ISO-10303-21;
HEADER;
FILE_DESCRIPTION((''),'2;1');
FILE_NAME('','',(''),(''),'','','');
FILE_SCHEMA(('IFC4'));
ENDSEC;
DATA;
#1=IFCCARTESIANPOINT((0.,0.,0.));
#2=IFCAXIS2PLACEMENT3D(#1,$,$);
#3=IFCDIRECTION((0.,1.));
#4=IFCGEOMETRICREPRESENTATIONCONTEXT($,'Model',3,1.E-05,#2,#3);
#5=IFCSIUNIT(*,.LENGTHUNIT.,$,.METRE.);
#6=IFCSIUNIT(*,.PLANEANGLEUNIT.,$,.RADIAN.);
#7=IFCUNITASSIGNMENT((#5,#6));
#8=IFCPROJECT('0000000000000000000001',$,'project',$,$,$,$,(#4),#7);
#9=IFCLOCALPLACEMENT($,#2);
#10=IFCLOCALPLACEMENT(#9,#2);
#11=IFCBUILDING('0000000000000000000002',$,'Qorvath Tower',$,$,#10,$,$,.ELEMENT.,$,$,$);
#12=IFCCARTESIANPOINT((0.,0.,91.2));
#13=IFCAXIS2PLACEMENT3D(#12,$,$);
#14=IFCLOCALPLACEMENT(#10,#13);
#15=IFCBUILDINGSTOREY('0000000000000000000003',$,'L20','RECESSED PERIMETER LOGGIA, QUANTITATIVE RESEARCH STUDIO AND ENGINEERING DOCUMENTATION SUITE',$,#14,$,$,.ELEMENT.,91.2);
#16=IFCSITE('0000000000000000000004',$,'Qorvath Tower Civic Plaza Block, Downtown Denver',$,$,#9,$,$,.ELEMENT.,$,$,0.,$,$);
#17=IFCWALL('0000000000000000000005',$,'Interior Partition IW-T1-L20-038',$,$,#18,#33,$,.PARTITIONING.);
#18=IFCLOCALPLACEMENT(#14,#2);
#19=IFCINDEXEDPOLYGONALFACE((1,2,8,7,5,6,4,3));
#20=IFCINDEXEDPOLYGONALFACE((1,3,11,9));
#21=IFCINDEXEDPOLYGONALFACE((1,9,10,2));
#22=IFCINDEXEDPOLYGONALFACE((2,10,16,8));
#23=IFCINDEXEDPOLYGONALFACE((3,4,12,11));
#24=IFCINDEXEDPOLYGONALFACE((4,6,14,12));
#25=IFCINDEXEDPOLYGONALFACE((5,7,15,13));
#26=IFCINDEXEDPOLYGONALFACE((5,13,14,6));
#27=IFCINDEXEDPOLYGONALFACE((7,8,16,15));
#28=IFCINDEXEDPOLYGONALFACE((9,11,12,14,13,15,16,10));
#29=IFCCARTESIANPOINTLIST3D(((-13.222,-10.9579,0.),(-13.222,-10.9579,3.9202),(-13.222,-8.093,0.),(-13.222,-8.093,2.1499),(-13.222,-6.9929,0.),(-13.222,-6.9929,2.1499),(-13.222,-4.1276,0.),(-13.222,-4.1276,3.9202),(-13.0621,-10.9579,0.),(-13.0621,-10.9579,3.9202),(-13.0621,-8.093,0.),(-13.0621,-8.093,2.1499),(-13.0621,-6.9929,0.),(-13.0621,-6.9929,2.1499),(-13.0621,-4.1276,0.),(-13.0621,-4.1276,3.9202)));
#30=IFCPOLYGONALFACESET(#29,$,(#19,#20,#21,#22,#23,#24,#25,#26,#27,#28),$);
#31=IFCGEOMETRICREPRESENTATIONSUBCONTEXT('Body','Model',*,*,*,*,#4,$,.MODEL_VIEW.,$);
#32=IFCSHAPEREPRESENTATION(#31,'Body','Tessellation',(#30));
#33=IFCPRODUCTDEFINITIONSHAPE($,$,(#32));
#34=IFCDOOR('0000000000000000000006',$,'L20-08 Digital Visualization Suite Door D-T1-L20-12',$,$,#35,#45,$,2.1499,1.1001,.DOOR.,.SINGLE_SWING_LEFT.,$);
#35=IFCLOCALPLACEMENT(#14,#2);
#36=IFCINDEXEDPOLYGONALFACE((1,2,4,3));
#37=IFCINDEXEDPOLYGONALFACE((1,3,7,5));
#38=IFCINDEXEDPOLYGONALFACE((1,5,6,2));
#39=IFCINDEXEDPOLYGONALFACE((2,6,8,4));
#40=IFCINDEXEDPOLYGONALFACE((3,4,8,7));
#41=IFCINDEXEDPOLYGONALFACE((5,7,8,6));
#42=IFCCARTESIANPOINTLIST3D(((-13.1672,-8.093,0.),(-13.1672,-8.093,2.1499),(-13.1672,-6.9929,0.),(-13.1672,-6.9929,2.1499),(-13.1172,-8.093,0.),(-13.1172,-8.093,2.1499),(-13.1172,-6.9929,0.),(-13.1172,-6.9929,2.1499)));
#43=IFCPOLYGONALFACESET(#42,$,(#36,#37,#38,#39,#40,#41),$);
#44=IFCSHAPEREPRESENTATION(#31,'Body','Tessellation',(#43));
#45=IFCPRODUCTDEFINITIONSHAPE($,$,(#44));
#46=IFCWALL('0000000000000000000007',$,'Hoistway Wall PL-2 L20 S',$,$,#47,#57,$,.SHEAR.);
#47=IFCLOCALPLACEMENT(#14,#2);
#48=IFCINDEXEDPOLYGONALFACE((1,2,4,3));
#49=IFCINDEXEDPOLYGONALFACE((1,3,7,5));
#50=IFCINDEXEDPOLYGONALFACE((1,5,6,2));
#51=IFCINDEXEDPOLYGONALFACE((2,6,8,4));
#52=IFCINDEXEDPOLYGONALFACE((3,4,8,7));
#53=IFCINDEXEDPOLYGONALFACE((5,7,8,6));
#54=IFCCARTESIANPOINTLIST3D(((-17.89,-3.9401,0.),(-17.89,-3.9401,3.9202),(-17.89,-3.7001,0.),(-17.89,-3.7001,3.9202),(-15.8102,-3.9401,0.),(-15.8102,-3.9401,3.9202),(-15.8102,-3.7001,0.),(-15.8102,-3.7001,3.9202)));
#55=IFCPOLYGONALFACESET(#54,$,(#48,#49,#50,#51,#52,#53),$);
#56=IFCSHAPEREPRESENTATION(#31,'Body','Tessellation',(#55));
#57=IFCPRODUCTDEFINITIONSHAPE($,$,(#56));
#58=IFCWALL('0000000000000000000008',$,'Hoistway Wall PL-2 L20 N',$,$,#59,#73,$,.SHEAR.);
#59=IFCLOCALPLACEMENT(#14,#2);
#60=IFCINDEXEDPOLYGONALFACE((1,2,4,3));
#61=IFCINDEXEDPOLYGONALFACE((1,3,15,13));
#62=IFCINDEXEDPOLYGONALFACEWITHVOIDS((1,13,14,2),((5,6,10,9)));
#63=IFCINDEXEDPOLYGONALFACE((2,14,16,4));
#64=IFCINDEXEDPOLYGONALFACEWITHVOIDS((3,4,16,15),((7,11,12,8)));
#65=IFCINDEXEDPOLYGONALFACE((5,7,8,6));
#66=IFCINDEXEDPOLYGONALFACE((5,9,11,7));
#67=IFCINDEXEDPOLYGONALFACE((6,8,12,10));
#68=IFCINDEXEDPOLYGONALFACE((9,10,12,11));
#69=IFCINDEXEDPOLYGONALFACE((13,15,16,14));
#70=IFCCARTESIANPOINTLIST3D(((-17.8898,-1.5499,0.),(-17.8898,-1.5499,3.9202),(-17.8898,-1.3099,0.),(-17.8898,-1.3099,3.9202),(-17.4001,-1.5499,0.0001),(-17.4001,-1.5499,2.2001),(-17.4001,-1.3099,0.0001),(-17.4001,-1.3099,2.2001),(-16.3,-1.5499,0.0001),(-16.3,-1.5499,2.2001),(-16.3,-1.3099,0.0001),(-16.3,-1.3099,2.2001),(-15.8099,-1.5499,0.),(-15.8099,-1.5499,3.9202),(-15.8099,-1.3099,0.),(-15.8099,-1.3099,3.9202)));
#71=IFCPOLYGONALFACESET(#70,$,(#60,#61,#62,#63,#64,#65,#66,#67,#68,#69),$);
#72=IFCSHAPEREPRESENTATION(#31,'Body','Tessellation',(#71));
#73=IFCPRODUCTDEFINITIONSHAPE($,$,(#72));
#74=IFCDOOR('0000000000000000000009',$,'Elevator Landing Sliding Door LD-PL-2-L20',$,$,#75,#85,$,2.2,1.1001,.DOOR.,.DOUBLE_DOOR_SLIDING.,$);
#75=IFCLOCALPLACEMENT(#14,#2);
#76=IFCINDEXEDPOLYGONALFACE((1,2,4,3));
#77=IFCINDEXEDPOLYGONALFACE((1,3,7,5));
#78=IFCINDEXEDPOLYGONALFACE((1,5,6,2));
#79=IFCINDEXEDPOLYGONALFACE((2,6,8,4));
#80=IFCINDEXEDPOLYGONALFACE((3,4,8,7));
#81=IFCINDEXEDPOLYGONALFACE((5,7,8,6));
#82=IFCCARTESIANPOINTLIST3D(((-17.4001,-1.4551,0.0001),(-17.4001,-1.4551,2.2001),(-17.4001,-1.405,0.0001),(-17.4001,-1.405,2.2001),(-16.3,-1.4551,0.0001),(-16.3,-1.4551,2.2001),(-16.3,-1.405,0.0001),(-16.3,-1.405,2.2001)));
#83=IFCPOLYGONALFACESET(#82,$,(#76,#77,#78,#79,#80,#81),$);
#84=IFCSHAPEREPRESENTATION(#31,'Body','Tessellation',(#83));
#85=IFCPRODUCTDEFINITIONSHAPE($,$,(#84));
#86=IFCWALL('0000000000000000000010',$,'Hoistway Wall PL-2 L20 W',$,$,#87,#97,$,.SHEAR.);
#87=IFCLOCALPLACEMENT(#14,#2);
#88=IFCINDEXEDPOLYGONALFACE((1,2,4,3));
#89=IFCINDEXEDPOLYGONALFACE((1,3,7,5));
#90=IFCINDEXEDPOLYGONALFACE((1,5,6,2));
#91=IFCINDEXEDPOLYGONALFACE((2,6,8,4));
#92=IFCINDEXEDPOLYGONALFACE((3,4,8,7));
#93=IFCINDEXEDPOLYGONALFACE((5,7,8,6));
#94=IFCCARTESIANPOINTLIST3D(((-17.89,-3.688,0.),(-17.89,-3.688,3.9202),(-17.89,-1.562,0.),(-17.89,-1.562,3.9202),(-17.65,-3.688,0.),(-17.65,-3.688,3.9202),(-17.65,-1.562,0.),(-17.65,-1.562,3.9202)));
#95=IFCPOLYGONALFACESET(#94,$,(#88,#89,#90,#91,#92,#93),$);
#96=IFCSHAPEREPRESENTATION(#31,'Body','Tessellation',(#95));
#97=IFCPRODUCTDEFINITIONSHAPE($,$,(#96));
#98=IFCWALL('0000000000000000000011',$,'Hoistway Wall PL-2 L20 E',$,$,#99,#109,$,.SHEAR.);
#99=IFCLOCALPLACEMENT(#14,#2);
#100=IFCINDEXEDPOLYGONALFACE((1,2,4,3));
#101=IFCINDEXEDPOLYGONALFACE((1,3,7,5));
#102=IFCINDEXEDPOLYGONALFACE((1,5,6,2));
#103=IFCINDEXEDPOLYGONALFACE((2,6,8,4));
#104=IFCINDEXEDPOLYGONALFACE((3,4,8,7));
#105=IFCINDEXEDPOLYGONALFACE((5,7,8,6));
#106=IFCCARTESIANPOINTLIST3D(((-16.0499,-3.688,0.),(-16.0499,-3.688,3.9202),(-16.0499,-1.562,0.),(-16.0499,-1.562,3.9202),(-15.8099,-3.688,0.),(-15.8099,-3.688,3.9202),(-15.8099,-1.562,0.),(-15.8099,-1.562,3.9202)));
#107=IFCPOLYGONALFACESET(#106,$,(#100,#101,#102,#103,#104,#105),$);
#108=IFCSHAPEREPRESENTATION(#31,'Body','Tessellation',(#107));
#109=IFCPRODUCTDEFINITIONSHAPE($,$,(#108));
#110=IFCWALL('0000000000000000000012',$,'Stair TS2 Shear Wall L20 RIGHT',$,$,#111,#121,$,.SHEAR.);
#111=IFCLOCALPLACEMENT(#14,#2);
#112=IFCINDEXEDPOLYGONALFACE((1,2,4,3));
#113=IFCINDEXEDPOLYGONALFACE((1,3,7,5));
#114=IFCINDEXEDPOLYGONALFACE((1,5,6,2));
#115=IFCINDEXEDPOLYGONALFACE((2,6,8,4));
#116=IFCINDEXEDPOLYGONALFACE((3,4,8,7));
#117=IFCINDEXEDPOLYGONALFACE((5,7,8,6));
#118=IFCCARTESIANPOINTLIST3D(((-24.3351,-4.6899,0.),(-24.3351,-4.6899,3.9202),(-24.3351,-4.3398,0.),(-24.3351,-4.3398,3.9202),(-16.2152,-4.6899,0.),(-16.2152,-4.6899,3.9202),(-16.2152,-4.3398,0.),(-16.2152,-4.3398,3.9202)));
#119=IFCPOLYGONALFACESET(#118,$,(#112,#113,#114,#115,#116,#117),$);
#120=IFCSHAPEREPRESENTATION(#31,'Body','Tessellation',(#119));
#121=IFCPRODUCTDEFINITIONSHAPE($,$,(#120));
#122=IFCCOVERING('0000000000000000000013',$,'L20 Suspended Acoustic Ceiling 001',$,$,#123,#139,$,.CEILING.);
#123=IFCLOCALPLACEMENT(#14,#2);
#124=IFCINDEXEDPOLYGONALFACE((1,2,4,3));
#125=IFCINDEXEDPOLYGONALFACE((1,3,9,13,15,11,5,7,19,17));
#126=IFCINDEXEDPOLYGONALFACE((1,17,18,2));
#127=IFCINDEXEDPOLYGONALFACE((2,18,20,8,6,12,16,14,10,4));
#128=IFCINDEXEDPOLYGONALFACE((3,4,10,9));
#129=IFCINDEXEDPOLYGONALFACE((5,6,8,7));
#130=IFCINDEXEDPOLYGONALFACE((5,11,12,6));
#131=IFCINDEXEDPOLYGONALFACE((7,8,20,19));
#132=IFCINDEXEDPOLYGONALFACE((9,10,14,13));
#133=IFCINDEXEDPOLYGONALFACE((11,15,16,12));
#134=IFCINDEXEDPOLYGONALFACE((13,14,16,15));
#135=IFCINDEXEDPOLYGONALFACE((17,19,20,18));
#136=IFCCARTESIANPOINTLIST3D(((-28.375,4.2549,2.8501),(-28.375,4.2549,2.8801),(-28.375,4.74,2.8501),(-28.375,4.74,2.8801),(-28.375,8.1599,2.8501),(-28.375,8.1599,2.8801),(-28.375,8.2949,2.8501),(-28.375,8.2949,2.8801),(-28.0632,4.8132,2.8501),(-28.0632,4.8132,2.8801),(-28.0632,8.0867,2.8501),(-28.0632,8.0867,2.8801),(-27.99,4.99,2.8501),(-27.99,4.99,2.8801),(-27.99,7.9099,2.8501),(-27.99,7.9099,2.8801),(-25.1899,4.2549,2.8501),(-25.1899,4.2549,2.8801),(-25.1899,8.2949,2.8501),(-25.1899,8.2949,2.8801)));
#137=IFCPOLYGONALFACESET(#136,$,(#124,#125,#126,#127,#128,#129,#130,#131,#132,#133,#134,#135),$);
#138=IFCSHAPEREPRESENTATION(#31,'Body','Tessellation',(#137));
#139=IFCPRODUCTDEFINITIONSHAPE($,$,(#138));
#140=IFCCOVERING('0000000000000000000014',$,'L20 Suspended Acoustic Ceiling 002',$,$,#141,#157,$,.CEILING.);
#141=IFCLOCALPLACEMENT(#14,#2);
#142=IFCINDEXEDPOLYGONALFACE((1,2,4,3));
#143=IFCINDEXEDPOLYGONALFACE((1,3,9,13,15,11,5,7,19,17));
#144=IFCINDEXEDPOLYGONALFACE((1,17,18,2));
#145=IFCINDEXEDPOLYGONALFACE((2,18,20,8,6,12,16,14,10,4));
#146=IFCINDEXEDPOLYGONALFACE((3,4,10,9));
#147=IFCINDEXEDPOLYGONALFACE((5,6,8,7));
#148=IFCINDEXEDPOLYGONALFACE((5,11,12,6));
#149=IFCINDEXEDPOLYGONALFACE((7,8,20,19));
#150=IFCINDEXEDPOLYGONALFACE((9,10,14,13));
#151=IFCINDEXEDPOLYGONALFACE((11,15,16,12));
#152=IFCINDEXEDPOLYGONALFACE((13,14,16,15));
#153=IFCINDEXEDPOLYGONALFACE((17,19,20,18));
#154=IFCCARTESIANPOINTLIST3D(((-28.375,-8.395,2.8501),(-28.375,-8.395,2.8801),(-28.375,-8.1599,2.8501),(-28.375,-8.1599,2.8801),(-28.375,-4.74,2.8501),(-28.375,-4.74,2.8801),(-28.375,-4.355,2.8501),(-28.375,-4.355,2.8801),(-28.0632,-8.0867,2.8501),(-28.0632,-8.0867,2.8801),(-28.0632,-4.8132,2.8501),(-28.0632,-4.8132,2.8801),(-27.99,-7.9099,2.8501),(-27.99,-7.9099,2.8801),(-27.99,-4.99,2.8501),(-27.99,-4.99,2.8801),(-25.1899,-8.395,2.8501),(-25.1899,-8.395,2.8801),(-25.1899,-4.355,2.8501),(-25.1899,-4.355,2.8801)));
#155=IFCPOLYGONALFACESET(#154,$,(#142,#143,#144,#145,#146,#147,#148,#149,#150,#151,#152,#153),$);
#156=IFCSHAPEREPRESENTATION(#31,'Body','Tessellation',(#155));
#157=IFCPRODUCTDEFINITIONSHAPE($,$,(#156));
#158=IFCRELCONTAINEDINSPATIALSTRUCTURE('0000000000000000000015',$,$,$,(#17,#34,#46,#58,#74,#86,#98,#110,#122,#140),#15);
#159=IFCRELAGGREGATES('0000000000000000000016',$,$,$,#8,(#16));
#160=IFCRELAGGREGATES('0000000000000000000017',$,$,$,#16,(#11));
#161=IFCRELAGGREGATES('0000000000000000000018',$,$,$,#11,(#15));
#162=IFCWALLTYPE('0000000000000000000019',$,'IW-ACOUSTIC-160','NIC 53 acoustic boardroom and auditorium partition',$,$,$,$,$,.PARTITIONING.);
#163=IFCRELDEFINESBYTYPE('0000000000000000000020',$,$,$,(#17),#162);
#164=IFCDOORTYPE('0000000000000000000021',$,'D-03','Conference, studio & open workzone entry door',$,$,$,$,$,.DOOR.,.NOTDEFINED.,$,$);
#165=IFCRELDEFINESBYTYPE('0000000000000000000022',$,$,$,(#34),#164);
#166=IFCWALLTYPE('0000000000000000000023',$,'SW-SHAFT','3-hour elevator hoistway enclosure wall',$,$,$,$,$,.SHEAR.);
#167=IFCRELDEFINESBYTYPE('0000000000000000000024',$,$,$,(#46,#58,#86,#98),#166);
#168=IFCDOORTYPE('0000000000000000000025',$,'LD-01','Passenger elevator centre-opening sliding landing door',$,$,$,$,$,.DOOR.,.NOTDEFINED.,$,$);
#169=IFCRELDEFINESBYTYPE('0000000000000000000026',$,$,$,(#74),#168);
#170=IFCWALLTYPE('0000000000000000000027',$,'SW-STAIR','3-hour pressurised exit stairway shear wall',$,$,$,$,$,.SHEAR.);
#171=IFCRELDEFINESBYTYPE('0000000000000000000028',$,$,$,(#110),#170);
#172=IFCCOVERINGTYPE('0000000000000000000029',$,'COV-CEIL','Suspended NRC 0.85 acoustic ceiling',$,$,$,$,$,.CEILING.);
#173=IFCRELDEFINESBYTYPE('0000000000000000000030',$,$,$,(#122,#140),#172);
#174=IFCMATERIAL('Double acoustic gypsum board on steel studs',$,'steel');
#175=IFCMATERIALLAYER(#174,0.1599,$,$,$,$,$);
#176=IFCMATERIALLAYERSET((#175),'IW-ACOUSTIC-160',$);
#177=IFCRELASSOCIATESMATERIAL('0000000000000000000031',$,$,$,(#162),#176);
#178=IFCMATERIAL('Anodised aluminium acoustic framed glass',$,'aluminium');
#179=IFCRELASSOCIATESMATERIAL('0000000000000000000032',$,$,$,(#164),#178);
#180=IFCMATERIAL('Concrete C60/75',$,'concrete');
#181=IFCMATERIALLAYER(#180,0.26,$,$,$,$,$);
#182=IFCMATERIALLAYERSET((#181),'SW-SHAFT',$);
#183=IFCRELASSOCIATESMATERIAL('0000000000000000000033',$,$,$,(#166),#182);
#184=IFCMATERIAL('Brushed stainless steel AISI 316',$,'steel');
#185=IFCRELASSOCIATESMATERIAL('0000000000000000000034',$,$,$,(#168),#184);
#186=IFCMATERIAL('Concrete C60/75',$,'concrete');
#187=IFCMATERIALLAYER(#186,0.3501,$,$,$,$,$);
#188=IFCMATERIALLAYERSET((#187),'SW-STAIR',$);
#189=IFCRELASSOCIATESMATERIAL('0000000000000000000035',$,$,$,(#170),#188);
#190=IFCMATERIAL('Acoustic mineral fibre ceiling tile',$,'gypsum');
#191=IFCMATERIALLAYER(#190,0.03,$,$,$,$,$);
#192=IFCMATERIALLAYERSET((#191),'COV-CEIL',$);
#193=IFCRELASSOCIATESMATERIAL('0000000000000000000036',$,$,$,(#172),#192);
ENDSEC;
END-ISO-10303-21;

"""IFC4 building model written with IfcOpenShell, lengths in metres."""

from ifc_helpers import new_model, si_unit, direction, frame, frame_2d, origin, place, context, subcontext, project, spatial, polyline, rectangle, outline, extrude, material, layer, layer_set, type_object, element, fill, save


model = new_model("IFC4")

# Units and contexts
model_context = context("Model", 3, precision=1e-05, world=origin(), true_north=direction((0.0, 1.0)))
body_context = subcontext(model_context, "Body", "Model", "MODEL_VIEW")
ifc_project = project(units=[si_unit("LENGTHUNIT", "METRE"), si_unit("PLANEANGLEUNIT", "RADIAN")], contexts=[model_context])

# Site, building, storey
site_placement = place(None, origin())
site = spatial("IfcSite", under=ifc_project, at=site_placement, Name="Qorvath Tower Civic Plaza Block, Downtown Denver", CompositionType="ELEMENT", RefElevation=0.0)
building_placement = place(site_placement, origin())
building = spatial("IfcBuilding", under=site, at=building_placement, Name="Qorvath Tower", CompositionType="ELEMENT")
storey_placement = place(building_placement, frame((0.0, 0.0, 91.2)))
storey = spatial("IfcBuildingStorey", under=building, at=storey_placement, Name="L20", Description="RECESSED PERIMETER LOGGIA, QUANTITATIVE RESEARCH STUDIO AND ENGINEERING DOCUMENTATION SUITE", CompositionType="ELEMENT", Elevation=91.2)

# Wall, opening, door
ifc_material_1 = material(Name="Double acoustic gypsum board on steel studs", Category="steel")
ifc_layer_1 = layer(ifc_material_1, 0.1599)
ifc_layer_set_1 = layer_set([ifc_layer_1], Name="IW-ACOUSTIC-160")
wall_type_1 = type_object("IfcWallType", Name="IW-ACOUSTIC-160", Description="NIC 53 acoustic boardroom and auditorium partition", PredefinedType="PARTITIONING", material=ifc_layer_set_1)
wall_1_placement = place(storey_placement, frame((-13.1421, -4.1277, 0.0), z_axis=(0.0, 0.0, 1.0), x_axis=(0.0, -1.0, 0.0)))
wall_1 = element("IfcWall", 1, at=wall_1_placement, inside=storey, type_object=wall_type_1, Name="Interior Partition IW-T1-L20-038", PredefinedType="PARTITIONING", context=body_context, shape_type="SweptSolid", body=[
    extrude(rectangle(XDim=6.8303, YDim=0.1599, at=frame_2d((3.415, 0.0))), origin(), (0.0, 0.0, 1.0), 3.9202),
])
opening_1_placement = place(wall_1_placement, frame((2.8652, 0.0, 0.0)))
opening_1 = element("IfcOpeningElement", 2, at=opening_1_placement, cuts=wall_1, PredefinedType="OPENING", context=body_context, shape_type="SweptSolid", body=[
    extrude(rectangle(XDim=1.1001, YDim=2.1499, at=frame_2d((0.55, 1.075))), frame((0.0, 0.0898, 0.0), z_axis=(0.0, -1.0, 0.0), x_axis=(1.0, 0.0, 0.0)), (0.0, 0.0, 1.0), 0.1799),
])
ifc_material_2 = material(Name="Anodised aluminium acoustic framed glass", Category="aluminium")
door_type_1 = type_object("IfcDoorType", Name="D-03", Description="Conference, studio & open workzone entry door", OperationType="NOTDEFINED", PredefinedType="DOOR", material=ifc_material_2)
door_1_placement = place(opening_1_placement, origin())
door_1 = element("IfcDoor", 3, at=door_1_placement, inside=storey, type_object=door_type_1, Name="L20-08 Digital Visualization Suite Door D-T1-L20-12", OperationType="SINGLE_SWING_LEFT", OverallHeight=2.1499, OverallWidth=1.1001, PredefinedType="DOOR", context=body_context, shape_type="SweptSolid", body=[
    extrude(rectangle(XDim=1.1001, YDim=2.1499, at=frame_2d((0.55, 1.075))), frame((0.0, 0.0249, 0.0), z_axis=(0.0, -1.0, 0.0), x_axis=(1.0, 0.0, 0.0)), (0.0, 0.0, 1.0), 0.05),
])
fill(opening_1, door_1)

# Wall
ifc_material_3 = material(Name="Concrete C60/75", Category="concrete")
ifc_layer_2 = layer(ifc_material_3, 0.26)
ifc_layer_set_2 = layer_set([ifc_layer_2], Name="SW-SHAFT")
wall_type_2 = type_object("IfcWallType", Name="SW-SHAFT", Description="3-hour elevator hoistway enclosure wall", PredefinedType="SHEAR", material=ifc_layer_set_2)
wall_2_placement = place(storey_placement, frame((-15.8101, -3.8201, 0.0), z_axis=(0.0, 0.0, 1.0), x_axis=(-1.0, 0.0, 0.0)))
element("IfcWall", 4, at=wall_2_placement, inside=storey, type_object=wall_type_2, Name="Hoistway Wall PL-2 L20 S", PredefinedType="SHEAR", context=body_context, shape_type="SweptSolid", body=[
    extrude(rectangle(XDim=2.0798, YDim=0.24, at=frame_2d((1.04, 0.0))), origin(), (0.0, 0.0, 1.0), 3.9202),
])

# Wall, opening, door
wall_3_placement = place(storey_placement, frame((-17.8899, -1.4299, 0.0), z_axis=(0.0, 0.0, 1.0), x_axis=(1.0, 0.0, 0.0)))
wall_3 = element("IfcWall", 5, at=wall_3_placement, inside=storey, type_object=wall_type_2, Name="Hoistway Wall PL-2 L20 N", PredefinedType="SHEAR", context=body_context, shape_type="SweptSolid", body=[
    extrude(rectangle(XDim=2.0798, YDim=0.24, at=frame_2d((1.04, 0.0))), origin(), (0.0, 0.0, 1.0), 3.9202),
])
opening_2_placement = place(wall_3_placement, frame((0.4897, 0.0, 0.0)))
opening_2 = element("IfcOpeningElement", 6, at=opening_2_placement, cuts=wall_3, PredefinedType="OPENING", context=body_context, shape_type="SweptSolid", body=[
    extrude(rectangle(XDim=1.1001, YDim=2.2, at=frame_2d((0.55, 1.1001))), frame((0.0, 0.1299, 0.0), z_axis=(0.0, -1.0, 0.0), x_axis=(1.0, 0.0, 0.0)), (0.0, 0.0, 1.0), 0.26),
])
ifc_material_4 = material(Name="Brushed stainless steel AISI 316", Category="steel")
door_type_2 = type_object("IfcDoorType", Name="LD-01", Description="Passenger elevator centre-opening sliding landing door", OperationType="NOTDEFINED", PredefinedType="DOOR", material=ifc_material_4)
door_2_placement = place(opening_2_placement, origin())
door_2 = element("IfcDoor", 7, at=door_2_placement, inside=storey, type_object=door_type_2, Name="Elevator Landing Sliding Door LD-PL-2-L20", OperationType="DOUBLE_DOOR_SLIDING", OverallHeight=2.2, OverallWidth=1.1001, PredefinedType="DOOR", context=body_context, shape_type="SweptSolid", body=[
    extrude(rectangle(XDim=1.1001, YDim=2.2, at=frame_2d((0.55, 1.1001))), frame((0.0, 0.0249, 0.0), z_axis=(0.0, -1.0, 0.0), x_axis=(1.0, 0.0, 0.0)), (0.0, 0.0, 1.0), 0.05),
])
fill(opening_2, door_2)

# Walls
for number, where, z_axis, x_axis, name in (
    (8, (-17.77, -3.688, 0.0), (0.0, 0.0, 1.0), (0.0, 1.0, 0.0), "Hoistway Wall PL-2 L20 W"),
    (9, (-15.9299, -1.562, 0.0), (0.0, 0.0, 1.0), (0.0, -1.0, 0.0), "Hoistway Wall PL-2 L20 E"),
):
    element("IfcWall", number, at=place(storey_placement, frame(where, z_axis=z_axis, x_axis=x_axis)), inside=storey, type_object=wall_type_2, Name=name, PredefinedType="SHEAR", context=body_context, shape_type="SweptSolid", body=[
        extrude(rectangle(XDim=2.126, YDim=0.24, at=frame_2d((1.063, 0.0))), origin(), (0.0, 0.0, 1.0), 3.9202),
    ])
ifc_material_5 = material(Name="Concrete C60/75", Category="concrete")
ifc_layer_3 = layer(ifc_material_5, 0.3501)
ifc_layer_set_3 = layer_set([ifc_layer_3], Name="SW-STAIR")
wall_type_3 = type_object("IfcWallType", Name="SW-STAIR", Description="3-hour pressurised exit stairway shear wall", PredefinedType="SHEAR", material=ifc_layer_set_3)
wall_4_placement = place(storey_placement, frame((-16.2151, -4.5149, 0.0), z_axis=(0.0, 0.0, 1.0), x_axis=(-1.0, 0.0, 0.0)))
element("IfcWall", 10, at=wall_4_placement, inside=storey, type_object=wall_type_3, Name="Stair TS2 Shear Wall L20 RIGHT", PredefinedType="SHEAR", context=body_context, shape_type="SweptSolid", body=[
    extrude(rectangle(XDim=8.1199, YDim=0.3501, at=frame_2d((4.0601, 0.0))), origin(), (0.0, 0.0, 1.0), 3.9202),
])

# Coverings
ifc_material_6 = material(Name="Acoustic mineral fibre ceiling tile", Category="gypsum")
ifc_layer_4 = layer(ifc_material_6, 0.03)
ifc_layer_set_4 = layer_set([ifc_layer_4], Name="COV-CEIL")
covering_type_1 = type_object("IfcCoveringType", Name="COV-CEIL", Description="Suspended NRC 0.85 acoustic ceiling", PredefinedType="CEILING", material=ifc_layer_set_4)
covering_1_placement = place(storey_placement, frame((0.0, 0.0, 2.8501)))
element("IfcCovering", 11, at=covering_1_placement, inside=storey, type_object=covering_type_1, Name="L20 Suspended Acoustic Ceiling 001", PredefinedType="CEILING", context=body_context, shape_type="SweptSolid", body=[
    extrude(outline(polyline([(-25.1899, 4.2549), (-25.1899, 8.2949), (-28.375, 8.2949), (-28.375, 8.1599), (-28.0632, 8.0867), (-27.99, 7.9099), (-27.99, 4.99), (-28.0632, 4.8132), (-28.375, 4.74), (-28.375, 4.2549), (-25.1899, 4.2549)])), origin(), (0.0, 0.0, 1.0), 0.03),
])
covering_2_placement = place(storey_placement, frame((0.0, 0.0, 2.8501)))
element("IfcCovering", 12, at=covering_2_placement, inside=storey, type_object=covering_type_1, Name="L20 Suspended Acoustic Ceiling 002", PredefinedType="CEILING", context=body_context, shape_type="SweptSolid", body=[
    extrude(outline(polyline([(-25.1899, -8.395), (-25.1899, -4.355), (-28.375, -4.355), (-28.375, -4.74), (-28.0632, -4.8132), (-27.99, -4.99), (-27.99, -7.9099), (-28.0632, -8.0867), (-28.375, -8.1599), (-28.375, -8.395), (-25.1899, -8.395)])), origin(), (0.0, 0.0, 1.0), 0.03),
])

save(model, "model.ifc")
